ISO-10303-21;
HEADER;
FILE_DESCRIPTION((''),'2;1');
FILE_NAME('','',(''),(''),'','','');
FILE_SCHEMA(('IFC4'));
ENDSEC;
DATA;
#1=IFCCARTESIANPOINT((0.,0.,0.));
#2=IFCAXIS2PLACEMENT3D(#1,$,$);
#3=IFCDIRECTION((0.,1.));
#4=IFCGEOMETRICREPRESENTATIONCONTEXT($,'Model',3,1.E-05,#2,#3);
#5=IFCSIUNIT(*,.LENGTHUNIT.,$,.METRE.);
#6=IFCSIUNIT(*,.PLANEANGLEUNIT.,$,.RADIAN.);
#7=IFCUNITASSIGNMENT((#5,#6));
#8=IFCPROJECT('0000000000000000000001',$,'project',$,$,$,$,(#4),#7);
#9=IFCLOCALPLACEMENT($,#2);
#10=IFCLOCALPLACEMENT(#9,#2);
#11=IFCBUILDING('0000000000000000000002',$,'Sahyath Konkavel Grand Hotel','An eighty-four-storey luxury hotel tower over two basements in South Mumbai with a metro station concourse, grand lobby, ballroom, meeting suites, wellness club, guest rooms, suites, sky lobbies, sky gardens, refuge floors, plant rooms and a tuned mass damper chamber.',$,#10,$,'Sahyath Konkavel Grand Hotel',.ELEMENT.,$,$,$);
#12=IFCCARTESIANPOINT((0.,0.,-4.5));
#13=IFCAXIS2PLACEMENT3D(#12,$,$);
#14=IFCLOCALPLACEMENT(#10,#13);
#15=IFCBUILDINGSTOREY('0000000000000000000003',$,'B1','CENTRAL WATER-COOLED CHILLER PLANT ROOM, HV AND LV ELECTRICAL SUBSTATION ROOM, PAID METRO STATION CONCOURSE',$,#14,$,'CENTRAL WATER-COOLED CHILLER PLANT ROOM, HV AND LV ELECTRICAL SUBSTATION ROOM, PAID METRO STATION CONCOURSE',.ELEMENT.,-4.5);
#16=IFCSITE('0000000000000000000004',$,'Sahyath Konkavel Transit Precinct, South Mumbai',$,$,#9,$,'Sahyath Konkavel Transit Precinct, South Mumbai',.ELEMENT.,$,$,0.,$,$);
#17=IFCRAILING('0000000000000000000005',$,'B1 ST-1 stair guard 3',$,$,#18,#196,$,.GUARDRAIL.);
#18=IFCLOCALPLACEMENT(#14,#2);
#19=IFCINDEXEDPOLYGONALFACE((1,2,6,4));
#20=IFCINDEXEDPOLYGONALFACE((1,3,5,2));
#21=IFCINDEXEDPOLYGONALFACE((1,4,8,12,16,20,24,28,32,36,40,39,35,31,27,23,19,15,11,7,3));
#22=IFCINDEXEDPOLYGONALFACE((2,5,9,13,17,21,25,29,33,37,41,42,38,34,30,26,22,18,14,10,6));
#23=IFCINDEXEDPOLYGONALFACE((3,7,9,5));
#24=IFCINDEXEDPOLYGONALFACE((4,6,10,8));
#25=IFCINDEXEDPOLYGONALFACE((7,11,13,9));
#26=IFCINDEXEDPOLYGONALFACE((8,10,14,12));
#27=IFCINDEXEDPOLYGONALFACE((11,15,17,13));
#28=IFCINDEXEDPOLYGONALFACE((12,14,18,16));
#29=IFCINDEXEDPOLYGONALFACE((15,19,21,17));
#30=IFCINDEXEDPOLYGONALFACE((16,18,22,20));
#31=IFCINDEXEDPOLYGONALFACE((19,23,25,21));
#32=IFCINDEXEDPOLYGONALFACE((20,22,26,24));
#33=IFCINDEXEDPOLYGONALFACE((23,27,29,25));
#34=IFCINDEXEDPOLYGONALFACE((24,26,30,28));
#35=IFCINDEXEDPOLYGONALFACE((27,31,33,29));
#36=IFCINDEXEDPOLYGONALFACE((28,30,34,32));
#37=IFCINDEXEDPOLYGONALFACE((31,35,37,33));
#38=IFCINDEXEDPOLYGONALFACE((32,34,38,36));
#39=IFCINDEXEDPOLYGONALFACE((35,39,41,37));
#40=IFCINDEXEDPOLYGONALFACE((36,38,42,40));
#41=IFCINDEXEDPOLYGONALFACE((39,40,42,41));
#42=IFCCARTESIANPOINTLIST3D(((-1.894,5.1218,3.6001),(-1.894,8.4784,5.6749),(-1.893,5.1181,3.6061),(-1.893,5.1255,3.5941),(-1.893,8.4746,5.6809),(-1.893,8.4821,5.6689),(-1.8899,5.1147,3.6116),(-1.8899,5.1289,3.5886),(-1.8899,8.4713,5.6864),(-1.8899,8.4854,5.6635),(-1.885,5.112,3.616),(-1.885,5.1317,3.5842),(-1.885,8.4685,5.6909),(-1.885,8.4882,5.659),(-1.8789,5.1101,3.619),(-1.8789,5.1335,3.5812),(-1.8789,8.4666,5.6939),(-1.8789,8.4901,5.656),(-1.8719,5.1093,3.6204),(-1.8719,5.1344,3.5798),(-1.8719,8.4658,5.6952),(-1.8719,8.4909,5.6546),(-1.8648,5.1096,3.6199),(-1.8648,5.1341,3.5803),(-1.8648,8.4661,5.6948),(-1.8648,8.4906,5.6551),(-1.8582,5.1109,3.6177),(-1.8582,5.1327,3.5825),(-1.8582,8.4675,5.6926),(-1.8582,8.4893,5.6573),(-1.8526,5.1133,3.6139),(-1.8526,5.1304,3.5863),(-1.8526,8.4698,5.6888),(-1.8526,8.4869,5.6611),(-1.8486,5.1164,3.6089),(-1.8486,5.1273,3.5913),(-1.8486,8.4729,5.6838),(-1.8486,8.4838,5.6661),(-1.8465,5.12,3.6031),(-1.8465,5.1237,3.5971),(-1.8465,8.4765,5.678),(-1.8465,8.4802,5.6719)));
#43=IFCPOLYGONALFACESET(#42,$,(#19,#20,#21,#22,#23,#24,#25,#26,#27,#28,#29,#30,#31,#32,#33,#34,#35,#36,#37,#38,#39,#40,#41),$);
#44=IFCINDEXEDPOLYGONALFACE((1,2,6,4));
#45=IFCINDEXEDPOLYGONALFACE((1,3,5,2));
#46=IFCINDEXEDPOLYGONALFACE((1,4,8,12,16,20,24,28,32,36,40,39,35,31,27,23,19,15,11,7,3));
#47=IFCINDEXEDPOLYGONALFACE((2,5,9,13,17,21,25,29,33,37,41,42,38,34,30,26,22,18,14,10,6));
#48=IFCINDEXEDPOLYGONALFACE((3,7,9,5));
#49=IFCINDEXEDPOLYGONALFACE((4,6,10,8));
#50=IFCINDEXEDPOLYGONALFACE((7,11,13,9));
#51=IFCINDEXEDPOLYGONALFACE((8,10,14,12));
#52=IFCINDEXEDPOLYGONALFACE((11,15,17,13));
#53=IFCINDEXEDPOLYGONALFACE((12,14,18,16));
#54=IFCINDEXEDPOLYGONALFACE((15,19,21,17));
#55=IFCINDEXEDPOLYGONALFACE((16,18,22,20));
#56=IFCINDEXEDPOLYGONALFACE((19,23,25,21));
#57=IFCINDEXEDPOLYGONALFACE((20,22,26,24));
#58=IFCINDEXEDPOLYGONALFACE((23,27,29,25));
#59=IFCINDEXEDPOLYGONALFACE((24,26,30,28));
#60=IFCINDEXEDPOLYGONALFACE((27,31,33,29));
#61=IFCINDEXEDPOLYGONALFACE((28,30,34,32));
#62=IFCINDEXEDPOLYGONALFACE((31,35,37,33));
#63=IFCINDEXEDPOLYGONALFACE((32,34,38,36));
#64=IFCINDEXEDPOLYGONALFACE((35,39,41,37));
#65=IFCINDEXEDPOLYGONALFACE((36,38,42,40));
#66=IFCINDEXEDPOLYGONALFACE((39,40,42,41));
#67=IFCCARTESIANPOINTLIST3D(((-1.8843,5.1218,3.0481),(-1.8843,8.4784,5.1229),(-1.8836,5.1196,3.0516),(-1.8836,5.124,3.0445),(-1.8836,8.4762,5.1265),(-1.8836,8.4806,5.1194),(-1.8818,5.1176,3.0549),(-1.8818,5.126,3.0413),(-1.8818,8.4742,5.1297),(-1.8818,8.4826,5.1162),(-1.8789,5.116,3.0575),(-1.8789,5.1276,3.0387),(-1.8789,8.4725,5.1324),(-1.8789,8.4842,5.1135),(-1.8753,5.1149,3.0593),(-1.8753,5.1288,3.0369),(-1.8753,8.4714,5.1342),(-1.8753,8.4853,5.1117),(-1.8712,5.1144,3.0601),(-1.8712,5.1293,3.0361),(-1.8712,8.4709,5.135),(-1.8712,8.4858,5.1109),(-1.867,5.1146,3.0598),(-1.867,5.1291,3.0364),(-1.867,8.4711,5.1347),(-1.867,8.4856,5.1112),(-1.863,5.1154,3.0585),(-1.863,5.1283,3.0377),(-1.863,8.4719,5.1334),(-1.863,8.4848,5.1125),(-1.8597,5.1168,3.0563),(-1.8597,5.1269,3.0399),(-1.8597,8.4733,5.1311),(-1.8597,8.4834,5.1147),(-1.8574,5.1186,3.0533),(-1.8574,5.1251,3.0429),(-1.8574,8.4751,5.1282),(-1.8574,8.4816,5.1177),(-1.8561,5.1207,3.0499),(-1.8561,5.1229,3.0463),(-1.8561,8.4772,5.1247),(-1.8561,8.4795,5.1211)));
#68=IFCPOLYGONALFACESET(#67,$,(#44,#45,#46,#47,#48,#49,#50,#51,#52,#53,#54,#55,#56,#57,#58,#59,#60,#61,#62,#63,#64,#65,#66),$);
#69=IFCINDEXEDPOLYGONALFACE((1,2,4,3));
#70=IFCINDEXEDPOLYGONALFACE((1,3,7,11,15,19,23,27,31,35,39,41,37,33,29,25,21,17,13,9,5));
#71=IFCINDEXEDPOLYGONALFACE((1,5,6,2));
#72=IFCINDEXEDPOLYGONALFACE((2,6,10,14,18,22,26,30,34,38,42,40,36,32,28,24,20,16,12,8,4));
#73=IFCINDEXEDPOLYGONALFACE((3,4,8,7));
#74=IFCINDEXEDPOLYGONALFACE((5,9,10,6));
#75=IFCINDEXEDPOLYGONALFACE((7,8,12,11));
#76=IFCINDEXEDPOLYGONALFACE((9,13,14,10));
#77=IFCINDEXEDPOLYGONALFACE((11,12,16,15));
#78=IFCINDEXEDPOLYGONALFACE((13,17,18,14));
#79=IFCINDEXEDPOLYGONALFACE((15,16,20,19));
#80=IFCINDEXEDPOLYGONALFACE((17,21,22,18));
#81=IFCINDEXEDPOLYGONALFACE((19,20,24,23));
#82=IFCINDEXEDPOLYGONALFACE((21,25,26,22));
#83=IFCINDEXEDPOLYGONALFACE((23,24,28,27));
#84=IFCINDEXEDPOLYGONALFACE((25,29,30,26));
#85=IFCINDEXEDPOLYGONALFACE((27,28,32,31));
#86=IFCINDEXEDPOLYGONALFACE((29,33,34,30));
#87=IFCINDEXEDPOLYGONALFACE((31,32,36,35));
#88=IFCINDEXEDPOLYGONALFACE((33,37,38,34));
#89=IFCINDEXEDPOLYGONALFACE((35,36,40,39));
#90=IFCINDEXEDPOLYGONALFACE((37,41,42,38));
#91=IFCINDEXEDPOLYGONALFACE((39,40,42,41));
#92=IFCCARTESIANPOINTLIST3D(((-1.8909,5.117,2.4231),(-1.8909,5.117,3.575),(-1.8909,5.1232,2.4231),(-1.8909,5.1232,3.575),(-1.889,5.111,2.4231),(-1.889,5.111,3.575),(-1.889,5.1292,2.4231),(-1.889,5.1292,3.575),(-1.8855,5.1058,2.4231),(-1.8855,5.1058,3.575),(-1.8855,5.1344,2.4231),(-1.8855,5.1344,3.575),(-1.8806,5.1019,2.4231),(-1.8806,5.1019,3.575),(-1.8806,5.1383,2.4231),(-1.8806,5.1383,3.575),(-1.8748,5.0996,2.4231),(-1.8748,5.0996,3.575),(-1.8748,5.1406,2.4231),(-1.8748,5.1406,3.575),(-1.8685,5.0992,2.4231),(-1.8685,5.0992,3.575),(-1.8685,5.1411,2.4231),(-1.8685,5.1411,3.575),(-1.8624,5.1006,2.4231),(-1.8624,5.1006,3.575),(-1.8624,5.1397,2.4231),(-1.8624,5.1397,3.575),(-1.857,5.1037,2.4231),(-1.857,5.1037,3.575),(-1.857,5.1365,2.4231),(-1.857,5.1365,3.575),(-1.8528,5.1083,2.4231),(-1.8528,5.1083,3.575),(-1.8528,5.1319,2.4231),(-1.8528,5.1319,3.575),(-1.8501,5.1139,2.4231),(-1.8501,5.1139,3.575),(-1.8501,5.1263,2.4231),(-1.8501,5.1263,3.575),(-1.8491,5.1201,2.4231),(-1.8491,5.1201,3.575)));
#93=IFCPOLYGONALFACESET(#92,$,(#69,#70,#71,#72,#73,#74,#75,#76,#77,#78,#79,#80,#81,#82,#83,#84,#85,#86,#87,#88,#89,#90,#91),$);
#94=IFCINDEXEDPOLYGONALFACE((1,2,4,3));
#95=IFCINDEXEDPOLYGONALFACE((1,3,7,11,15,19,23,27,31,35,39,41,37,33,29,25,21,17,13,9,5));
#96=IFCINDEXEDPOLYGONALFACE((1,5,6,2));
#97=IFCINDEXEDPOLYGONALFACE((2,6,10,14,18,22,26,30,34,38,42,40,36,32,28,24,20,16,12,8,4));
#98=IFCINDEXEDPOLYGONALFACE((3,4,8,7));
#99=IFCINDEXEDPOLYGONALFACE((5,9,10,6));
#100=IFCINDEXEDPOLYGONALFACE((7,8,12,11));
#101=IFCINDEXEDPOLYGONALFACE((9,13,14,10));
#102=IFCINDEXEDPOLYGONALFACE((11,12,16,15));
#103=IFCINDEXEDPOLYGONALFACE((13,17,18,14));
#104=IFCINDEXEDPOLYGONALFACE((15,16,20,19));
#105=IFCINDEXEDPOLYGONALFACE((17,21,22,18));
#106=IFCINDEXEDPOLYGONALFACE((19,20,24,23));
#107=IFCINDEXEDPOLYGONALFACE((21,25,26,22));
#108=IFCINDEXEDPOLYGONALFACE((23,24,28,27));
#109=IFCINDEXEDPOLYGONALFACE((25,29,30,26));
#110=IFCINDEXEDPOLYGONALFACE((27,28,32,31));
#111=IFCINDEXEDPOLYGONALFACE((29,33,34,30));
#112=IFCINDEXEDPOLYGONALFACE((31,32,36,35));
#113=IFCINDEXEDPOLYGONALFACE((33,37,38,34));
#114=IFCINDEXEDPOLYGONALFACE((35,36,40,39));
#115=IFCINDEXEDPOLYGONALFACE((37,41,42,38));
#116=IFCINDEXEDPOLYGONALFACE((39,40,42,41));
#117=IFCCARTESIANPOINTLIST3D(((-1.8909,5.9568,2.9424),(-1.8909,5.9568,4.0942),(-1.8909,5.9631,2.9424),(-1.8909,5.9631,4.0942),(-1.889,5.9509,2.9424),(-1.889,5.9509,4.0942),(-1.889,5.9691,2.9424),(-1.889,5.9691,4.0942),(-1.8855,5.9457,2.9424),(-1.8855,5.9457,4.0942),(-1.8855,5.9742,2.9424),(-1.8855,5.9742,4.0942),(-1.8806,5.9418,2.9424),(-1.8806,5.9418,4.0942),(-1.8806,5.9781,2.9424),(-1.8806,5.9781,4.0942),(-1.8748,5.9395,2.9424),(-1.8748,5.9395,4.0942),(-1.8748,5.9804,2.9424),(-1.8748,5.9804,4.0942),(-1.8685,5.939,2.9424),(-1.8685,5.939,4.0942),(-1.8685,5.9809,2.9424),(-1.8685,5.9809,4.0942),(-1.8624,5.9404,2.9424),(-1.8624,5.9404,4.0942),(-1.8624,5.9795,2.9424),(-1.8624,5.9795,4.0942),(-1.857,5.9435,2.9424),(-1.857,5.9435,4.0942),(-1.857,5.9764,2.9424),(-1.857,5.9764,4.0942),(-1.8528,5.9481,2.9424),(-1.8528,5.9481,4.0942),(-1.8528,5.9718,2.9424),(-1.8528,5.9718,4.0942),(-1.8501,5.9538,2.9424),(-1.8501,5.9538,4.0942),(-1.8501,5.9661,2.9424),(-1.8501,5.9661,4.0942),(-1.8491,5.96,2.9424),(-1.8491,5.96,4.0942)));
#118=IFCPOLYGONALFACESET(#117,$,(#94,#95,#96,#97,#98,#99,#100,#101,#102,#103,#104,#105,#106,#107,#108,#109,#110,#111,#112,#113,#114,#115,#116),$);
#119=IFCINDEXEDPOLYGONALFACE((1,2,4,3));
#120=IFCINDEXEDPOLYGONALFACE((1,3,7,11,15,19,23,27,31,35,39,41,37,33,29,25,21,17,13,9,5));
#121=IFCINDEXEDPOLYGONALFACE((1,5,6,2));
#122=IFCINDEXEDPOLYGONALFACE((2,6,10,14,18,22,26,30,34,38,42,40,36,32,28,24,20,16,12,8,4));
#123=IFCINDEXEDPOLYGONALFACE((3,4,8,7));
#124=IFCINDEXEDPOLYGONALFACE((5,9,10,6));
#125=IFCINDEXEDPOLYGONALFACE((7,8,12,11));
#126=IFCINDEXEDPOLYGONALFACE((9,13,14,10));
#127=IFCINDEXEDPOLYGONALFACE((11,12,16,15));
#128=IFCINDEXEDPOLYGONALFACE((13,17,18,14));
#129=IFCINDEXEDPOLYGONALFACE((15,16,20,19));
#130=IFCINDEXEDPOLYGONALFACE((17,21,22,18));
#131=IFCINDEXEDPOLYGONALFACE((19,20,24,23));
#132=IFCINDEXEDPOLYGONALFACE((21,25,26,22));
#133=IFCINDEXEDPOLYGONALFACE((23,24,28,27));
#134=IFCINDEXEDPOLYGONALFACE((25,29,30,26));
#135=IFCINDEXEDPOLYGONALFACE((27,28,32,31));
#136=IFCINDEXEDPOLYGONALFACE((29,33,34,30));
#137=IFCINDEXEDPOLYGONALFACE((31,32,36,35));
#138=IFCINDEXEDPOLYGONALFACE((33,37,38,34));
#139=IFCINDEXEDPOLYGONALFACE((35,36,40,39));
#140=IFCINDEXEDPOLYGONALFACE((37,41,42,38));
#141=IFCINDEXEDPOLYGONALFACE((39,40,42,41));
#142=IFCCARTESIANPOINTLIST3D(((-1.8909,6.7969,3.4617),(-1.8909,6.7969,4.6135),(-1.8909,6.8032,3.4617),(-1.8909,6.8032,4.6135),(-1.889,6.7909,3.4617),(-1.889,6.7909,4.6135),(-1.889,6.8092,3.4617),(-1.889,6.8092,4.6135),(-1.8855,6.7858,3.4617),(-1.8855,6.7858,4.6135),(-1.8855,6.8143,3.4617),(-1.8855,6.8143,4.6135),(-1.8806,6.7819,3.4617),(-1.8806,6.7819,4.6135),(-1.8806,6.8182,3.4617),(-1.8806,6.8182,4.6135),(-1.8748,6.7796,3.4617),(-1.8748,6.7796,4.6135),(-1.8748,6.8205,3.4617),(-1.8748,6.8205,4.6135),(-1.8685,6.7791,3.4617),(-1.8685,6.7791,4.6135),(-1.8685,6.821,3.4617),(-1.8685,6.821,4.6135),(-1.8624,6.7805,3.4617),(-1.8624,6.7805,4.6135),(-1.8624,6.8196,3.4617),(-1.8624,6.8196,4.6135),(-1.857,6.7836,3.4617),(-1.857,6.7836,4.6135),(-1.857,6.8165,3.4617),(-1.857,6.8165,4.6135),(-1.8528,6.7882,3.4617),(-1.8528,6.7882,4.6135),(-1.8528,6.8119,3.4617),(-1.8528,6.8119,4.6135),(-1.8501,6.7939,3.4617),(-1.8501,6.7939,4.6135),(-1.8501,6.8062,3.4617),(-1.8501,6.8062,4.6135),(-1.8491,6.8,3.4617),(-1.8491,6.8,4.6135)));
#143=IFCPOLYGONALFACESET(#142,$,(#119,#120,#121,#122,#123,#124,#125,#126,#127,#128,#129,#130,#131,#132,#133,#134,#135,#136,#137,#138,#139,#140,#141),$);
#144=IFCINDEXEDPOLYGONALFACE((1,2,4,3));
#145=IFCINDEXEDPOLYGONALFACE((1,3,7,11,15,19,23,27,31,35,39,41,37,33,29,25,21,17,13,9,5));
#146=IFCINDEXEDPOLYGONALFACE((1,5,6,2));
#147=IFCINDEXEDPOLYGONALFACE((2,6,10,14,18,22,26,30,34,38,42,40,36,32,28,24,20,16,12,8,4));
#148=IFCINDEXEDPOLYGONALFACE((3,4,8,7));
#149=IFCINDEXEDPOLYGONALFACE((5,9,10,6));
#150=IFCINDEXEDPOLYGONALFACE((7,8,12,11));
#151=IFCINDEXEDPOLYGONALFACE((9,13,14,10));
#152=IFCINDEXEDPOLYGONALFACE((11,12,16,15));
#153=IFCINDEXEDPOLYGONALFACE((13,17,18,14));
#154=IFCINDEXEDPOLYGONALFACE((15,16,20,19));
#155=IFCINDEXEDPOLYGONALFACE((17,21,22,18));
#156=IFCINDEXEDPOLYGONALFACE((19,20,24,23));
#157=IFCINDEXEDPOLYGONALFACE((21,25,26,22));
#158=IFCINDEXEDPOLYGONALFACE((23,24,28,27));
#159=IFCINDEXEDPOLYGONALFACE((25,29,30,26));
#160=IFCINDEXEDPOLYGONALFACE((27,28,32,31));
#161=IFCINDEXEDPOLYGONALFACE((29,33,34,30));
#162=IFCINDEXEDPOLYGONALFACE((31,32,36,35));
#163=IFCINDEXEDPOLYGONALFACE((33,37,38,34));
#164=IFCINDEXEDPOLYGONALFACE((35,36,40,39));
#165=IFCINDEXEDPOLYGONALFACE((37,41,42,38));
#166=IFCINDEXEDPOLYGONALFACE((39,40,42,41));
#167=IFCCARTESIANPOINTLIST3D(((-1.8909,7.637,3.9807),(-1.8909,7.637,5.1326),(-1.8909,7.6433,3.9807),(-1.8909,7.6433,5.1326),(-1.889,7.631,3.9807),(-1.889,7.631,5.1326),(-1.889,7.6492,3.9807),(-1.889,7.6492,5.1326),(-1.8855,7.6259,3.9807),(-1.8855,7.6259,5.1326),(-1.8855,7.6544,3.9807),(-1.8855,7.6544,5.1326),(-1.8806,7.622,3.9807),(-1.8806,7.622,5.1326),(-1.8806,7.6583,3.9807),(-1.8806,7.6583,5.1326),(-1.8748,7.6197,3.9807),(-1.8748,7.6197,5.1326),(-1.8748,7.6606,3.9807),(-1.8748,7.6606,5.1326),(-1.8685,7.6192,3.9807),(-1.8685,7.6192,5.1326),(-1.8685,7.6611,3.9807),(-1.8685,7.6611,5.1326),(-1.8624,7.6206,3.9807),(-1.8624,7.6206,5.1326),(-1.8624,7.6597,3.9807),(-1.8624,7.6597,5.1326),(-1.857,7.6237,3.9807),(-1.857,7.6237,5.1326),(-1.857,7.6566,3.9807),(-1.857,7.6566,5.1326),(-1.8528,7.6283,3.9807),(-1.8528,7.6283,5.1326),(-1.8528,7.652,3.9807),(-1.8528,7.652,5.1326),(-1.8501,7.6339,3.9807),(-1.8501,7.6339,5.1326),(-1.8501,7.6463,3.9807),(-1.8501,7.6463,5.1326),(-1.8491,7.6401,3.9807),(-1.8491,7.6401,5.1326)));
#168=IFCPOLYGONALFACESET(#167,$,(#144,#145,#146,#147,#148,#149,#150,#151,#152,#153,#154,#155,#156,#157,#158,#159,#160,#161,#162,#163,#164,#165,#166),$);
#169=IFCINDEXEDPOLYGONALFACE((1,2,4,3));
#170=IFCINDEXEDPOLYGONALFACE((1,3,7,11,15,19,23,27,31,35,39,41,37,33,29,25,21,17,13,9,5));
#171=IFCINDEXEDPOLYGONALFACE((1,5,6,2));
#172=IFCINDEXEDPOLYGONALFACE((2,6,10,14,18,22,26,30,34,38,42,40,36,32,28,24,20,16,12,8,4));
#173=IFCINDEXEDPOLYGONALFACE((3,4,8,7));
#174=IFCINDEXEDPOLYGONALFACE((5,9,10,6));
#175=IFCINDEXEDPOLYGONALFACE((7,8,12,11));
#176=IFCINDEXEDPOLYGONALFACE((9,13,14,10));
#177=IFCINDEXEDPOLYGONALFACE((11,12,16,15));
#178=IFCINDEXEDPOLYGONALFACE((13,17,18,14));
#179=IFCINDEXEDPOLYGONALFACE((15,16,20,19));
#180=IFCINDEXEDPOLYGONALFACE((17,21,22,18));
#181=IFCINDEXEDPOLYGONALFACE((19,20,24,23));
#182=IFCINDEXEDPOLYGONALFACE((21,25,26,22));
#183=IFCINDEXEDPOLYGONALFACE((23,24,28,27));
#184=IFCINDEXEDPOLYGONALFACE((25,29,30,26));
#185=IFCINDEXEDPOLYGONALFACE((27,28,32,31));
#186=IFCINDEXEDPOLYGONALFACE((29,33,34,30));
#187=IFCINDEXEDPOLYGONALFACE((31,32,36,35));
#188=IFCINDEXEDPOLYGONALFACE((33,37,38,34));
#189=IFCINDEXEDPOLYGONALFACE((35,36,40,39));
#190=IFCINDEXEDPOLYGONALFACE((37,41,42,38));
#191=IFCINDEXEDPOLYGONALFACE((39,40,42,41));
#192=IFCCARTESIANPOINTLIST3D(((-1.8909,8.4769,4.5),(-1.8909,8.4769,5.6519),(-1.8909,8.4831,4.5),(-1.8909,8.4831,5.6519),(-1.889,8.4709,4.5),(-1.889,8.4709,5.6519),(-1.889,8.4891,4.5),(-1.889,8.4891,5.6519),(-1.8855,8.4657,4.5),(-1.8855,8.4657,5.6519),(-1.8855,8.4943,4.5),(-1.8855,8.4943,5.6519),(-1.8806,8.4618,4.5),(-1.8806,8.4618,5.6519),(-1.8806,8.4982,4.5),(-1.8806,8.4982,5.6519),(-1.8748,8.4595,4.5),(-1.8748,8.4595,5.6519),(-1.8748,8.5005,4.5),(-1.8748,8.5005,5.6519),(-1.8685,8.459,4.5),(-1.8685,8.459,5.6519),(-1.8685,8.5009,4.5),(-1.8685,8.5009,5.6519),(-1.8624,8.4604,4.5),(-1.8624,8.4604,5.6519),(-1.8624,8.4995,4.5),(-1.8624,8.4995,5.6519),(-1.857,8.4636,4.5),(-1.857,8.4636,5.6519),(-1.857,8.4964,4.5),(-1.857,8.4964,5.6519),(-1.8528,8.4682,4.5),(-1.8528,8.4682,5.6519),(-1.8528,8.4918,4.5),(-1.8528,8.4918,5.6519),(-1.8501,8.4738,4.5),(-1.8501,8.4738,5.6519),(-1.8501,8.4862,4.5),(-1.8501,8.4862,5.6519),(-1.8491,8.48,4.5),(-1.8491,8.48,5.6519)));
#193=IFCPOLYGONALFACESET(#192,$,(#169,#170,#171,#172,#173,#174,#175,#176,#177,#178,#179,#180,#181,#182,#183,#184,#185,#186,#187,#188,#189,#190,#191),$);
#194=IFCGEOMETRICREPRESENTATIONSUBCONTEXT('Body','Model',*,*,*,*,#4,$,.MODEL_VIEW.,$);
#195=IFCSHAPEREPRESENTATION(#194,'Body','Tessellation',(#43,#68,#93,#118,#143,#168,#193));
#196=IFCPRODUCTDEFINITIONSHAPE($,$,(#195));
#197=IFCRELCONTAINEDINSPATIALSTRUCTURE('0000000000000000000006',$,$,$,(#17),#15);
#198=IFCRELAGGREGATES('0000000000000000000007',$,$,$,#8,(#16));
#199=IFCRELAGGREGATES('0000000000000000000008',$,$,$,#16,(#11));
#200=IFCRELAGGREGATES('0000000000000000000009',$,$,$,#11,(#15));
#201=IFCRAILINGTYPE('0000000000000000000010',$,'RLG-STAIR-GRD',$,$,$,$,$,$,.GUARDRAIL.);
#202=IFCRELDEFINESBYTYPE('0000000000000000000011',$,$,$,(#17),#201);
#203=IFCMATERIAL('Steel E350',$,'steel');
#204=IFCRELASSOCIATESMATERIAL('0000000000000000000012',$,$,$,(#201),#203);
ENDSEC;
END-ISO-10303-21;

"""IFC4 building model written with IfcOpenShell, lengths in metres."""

from ifc_helpers import new_model, si_unit, direction, frame, origin, origin_2d, place, context, subcontext, project, spatial, circle, extrude, material, type_object, element, save


model = new_model("IFC4")

# Units and contexts
model_context = context("Model", 3, precision=1e-05, world=origin(), true_north=direction((0.0, 1.0)))
body_context = subcontext(model_context, "Body", "Model", "MODEL_VIEW")
ifc_project = project(units=[si_unit("LENGTHUNIT", "METRE"), si_unit("PLANEANGLEUNIT", "RADIAN")], contexts=[model_context])

# Site, building, storey
site_placement = place(None, origin())
site = spatial("IfcSite", under=ifc_project, at=site_placement, Name="Sahyath Konkavel Transit Precinct, South Mumbai", LongName="Sahyath Konkavel Transit Precinct, South Mumbai", CompositionType="ELEMENT", RefElevation=0.0)
building_placement = place(site_placement, origin())
building = spatial("IfcBuilding", under=site, at=building_placement, Name="Sahyath Konkavel Grand Hotel", Description="An eighty-four-storey luxury hotel tower over two basements in South Mumbai with a metro station concourse, grand lobby, ballroom, meeting suites, wellness club, guest rooms, suites, sky lobbies, sky gardens, refuge floors, plant rooms and a tuned mass damper chamber.", LongName="Sahyath Konkavel Grand Hotel", CompositionType="ELEMENT")
storey_placement = place(building_placement, frame((0.0, 0.0, -4.5)))
storey = spatial("IfcBuildingStorey", under=building, at=storey_placement, Name="B1", Description="CENTRAL WATER-COOLED CHILLER PLANT ROOM, HV AND LV ELECTRICAL SUBSTATION ROOM, PAID METRO STATION CONCOURSE", LongName="CENTRAL WATER-COOLED CHILLER PLANT ROOM, HV AND LV ELECTRICAL SUBSTATION ROOM, PAID METRO STATION CONCOURSE", CompositionType="ELEMENT", Elevation=-4.5)

# Shared definitions
ifc_material_1 = material(Name="Steel E350", Category="steel")

# Railing
railing_type_1 = type_object("IfcRailingType", Name="RLG-STAIR-GRD", PredefinedType="GUARDRAIL", material=ifc_material_1)
railing_1_placement = place(storey_placement, frame((-1.8701, 5.1201, 2.4231)))
element("IfcRailing", 1, at=railing_1_placement, inside=storey, type_object=railing_type_1, Name="B1 ST-1 stair guard 3", PredefinedType="GUARDRAIL", context=body_context, shape_type="SweptSolid", body=[
    extrude(circle(Radius=0.0239, at=origin_2d()), frame((0.0, 0.0017, 1.177), z_axis=(0.0, 0.850606, 0.525803), x_axis=(-1.0, 0.0, 0.0)), (0.0, 0.0, 1.0), 3.946),
    extrude(circle(Radius=0.0142, at=origin_2d()), frame((0.0, 0.0017, 0.625), z_axis=(0.0, 0.850606, 0.525803), x_axis=(-1.0, 0.0, 0.0)), (0.0, 0.0, 1.0), 3.946),
    extrude(circle(Radius=0.021, at=origin_2d()), origin(), (0.0, 0.0, 1.0), 1.1519),
    extrude(circle(Radius=0.021, at=origin_2d()), frame((0.0, 0.8398, 0.5193)), (0.0, 0.0, 1.0), 1.1519),
    extrude(circle(Radius=0.021, at=origin_2d()), frame((0.0, 1.6799, 1.0386)), (0.0, 0.0, 1.0), 1.1519),
    extrude(circle(Radius=0.021, at=origin_2d()), frame((0.0, 2.52, 1.5576)), (0.0, 0.0, 1.0), 1.1519),
    extrude(circle(Radius=0.021, at=origin_2d()), frame((0.0, 3.3599, 2.0769)), (0.0, 0.0, 1.0), 1.1519),
])

save(model, "model.ifc")
